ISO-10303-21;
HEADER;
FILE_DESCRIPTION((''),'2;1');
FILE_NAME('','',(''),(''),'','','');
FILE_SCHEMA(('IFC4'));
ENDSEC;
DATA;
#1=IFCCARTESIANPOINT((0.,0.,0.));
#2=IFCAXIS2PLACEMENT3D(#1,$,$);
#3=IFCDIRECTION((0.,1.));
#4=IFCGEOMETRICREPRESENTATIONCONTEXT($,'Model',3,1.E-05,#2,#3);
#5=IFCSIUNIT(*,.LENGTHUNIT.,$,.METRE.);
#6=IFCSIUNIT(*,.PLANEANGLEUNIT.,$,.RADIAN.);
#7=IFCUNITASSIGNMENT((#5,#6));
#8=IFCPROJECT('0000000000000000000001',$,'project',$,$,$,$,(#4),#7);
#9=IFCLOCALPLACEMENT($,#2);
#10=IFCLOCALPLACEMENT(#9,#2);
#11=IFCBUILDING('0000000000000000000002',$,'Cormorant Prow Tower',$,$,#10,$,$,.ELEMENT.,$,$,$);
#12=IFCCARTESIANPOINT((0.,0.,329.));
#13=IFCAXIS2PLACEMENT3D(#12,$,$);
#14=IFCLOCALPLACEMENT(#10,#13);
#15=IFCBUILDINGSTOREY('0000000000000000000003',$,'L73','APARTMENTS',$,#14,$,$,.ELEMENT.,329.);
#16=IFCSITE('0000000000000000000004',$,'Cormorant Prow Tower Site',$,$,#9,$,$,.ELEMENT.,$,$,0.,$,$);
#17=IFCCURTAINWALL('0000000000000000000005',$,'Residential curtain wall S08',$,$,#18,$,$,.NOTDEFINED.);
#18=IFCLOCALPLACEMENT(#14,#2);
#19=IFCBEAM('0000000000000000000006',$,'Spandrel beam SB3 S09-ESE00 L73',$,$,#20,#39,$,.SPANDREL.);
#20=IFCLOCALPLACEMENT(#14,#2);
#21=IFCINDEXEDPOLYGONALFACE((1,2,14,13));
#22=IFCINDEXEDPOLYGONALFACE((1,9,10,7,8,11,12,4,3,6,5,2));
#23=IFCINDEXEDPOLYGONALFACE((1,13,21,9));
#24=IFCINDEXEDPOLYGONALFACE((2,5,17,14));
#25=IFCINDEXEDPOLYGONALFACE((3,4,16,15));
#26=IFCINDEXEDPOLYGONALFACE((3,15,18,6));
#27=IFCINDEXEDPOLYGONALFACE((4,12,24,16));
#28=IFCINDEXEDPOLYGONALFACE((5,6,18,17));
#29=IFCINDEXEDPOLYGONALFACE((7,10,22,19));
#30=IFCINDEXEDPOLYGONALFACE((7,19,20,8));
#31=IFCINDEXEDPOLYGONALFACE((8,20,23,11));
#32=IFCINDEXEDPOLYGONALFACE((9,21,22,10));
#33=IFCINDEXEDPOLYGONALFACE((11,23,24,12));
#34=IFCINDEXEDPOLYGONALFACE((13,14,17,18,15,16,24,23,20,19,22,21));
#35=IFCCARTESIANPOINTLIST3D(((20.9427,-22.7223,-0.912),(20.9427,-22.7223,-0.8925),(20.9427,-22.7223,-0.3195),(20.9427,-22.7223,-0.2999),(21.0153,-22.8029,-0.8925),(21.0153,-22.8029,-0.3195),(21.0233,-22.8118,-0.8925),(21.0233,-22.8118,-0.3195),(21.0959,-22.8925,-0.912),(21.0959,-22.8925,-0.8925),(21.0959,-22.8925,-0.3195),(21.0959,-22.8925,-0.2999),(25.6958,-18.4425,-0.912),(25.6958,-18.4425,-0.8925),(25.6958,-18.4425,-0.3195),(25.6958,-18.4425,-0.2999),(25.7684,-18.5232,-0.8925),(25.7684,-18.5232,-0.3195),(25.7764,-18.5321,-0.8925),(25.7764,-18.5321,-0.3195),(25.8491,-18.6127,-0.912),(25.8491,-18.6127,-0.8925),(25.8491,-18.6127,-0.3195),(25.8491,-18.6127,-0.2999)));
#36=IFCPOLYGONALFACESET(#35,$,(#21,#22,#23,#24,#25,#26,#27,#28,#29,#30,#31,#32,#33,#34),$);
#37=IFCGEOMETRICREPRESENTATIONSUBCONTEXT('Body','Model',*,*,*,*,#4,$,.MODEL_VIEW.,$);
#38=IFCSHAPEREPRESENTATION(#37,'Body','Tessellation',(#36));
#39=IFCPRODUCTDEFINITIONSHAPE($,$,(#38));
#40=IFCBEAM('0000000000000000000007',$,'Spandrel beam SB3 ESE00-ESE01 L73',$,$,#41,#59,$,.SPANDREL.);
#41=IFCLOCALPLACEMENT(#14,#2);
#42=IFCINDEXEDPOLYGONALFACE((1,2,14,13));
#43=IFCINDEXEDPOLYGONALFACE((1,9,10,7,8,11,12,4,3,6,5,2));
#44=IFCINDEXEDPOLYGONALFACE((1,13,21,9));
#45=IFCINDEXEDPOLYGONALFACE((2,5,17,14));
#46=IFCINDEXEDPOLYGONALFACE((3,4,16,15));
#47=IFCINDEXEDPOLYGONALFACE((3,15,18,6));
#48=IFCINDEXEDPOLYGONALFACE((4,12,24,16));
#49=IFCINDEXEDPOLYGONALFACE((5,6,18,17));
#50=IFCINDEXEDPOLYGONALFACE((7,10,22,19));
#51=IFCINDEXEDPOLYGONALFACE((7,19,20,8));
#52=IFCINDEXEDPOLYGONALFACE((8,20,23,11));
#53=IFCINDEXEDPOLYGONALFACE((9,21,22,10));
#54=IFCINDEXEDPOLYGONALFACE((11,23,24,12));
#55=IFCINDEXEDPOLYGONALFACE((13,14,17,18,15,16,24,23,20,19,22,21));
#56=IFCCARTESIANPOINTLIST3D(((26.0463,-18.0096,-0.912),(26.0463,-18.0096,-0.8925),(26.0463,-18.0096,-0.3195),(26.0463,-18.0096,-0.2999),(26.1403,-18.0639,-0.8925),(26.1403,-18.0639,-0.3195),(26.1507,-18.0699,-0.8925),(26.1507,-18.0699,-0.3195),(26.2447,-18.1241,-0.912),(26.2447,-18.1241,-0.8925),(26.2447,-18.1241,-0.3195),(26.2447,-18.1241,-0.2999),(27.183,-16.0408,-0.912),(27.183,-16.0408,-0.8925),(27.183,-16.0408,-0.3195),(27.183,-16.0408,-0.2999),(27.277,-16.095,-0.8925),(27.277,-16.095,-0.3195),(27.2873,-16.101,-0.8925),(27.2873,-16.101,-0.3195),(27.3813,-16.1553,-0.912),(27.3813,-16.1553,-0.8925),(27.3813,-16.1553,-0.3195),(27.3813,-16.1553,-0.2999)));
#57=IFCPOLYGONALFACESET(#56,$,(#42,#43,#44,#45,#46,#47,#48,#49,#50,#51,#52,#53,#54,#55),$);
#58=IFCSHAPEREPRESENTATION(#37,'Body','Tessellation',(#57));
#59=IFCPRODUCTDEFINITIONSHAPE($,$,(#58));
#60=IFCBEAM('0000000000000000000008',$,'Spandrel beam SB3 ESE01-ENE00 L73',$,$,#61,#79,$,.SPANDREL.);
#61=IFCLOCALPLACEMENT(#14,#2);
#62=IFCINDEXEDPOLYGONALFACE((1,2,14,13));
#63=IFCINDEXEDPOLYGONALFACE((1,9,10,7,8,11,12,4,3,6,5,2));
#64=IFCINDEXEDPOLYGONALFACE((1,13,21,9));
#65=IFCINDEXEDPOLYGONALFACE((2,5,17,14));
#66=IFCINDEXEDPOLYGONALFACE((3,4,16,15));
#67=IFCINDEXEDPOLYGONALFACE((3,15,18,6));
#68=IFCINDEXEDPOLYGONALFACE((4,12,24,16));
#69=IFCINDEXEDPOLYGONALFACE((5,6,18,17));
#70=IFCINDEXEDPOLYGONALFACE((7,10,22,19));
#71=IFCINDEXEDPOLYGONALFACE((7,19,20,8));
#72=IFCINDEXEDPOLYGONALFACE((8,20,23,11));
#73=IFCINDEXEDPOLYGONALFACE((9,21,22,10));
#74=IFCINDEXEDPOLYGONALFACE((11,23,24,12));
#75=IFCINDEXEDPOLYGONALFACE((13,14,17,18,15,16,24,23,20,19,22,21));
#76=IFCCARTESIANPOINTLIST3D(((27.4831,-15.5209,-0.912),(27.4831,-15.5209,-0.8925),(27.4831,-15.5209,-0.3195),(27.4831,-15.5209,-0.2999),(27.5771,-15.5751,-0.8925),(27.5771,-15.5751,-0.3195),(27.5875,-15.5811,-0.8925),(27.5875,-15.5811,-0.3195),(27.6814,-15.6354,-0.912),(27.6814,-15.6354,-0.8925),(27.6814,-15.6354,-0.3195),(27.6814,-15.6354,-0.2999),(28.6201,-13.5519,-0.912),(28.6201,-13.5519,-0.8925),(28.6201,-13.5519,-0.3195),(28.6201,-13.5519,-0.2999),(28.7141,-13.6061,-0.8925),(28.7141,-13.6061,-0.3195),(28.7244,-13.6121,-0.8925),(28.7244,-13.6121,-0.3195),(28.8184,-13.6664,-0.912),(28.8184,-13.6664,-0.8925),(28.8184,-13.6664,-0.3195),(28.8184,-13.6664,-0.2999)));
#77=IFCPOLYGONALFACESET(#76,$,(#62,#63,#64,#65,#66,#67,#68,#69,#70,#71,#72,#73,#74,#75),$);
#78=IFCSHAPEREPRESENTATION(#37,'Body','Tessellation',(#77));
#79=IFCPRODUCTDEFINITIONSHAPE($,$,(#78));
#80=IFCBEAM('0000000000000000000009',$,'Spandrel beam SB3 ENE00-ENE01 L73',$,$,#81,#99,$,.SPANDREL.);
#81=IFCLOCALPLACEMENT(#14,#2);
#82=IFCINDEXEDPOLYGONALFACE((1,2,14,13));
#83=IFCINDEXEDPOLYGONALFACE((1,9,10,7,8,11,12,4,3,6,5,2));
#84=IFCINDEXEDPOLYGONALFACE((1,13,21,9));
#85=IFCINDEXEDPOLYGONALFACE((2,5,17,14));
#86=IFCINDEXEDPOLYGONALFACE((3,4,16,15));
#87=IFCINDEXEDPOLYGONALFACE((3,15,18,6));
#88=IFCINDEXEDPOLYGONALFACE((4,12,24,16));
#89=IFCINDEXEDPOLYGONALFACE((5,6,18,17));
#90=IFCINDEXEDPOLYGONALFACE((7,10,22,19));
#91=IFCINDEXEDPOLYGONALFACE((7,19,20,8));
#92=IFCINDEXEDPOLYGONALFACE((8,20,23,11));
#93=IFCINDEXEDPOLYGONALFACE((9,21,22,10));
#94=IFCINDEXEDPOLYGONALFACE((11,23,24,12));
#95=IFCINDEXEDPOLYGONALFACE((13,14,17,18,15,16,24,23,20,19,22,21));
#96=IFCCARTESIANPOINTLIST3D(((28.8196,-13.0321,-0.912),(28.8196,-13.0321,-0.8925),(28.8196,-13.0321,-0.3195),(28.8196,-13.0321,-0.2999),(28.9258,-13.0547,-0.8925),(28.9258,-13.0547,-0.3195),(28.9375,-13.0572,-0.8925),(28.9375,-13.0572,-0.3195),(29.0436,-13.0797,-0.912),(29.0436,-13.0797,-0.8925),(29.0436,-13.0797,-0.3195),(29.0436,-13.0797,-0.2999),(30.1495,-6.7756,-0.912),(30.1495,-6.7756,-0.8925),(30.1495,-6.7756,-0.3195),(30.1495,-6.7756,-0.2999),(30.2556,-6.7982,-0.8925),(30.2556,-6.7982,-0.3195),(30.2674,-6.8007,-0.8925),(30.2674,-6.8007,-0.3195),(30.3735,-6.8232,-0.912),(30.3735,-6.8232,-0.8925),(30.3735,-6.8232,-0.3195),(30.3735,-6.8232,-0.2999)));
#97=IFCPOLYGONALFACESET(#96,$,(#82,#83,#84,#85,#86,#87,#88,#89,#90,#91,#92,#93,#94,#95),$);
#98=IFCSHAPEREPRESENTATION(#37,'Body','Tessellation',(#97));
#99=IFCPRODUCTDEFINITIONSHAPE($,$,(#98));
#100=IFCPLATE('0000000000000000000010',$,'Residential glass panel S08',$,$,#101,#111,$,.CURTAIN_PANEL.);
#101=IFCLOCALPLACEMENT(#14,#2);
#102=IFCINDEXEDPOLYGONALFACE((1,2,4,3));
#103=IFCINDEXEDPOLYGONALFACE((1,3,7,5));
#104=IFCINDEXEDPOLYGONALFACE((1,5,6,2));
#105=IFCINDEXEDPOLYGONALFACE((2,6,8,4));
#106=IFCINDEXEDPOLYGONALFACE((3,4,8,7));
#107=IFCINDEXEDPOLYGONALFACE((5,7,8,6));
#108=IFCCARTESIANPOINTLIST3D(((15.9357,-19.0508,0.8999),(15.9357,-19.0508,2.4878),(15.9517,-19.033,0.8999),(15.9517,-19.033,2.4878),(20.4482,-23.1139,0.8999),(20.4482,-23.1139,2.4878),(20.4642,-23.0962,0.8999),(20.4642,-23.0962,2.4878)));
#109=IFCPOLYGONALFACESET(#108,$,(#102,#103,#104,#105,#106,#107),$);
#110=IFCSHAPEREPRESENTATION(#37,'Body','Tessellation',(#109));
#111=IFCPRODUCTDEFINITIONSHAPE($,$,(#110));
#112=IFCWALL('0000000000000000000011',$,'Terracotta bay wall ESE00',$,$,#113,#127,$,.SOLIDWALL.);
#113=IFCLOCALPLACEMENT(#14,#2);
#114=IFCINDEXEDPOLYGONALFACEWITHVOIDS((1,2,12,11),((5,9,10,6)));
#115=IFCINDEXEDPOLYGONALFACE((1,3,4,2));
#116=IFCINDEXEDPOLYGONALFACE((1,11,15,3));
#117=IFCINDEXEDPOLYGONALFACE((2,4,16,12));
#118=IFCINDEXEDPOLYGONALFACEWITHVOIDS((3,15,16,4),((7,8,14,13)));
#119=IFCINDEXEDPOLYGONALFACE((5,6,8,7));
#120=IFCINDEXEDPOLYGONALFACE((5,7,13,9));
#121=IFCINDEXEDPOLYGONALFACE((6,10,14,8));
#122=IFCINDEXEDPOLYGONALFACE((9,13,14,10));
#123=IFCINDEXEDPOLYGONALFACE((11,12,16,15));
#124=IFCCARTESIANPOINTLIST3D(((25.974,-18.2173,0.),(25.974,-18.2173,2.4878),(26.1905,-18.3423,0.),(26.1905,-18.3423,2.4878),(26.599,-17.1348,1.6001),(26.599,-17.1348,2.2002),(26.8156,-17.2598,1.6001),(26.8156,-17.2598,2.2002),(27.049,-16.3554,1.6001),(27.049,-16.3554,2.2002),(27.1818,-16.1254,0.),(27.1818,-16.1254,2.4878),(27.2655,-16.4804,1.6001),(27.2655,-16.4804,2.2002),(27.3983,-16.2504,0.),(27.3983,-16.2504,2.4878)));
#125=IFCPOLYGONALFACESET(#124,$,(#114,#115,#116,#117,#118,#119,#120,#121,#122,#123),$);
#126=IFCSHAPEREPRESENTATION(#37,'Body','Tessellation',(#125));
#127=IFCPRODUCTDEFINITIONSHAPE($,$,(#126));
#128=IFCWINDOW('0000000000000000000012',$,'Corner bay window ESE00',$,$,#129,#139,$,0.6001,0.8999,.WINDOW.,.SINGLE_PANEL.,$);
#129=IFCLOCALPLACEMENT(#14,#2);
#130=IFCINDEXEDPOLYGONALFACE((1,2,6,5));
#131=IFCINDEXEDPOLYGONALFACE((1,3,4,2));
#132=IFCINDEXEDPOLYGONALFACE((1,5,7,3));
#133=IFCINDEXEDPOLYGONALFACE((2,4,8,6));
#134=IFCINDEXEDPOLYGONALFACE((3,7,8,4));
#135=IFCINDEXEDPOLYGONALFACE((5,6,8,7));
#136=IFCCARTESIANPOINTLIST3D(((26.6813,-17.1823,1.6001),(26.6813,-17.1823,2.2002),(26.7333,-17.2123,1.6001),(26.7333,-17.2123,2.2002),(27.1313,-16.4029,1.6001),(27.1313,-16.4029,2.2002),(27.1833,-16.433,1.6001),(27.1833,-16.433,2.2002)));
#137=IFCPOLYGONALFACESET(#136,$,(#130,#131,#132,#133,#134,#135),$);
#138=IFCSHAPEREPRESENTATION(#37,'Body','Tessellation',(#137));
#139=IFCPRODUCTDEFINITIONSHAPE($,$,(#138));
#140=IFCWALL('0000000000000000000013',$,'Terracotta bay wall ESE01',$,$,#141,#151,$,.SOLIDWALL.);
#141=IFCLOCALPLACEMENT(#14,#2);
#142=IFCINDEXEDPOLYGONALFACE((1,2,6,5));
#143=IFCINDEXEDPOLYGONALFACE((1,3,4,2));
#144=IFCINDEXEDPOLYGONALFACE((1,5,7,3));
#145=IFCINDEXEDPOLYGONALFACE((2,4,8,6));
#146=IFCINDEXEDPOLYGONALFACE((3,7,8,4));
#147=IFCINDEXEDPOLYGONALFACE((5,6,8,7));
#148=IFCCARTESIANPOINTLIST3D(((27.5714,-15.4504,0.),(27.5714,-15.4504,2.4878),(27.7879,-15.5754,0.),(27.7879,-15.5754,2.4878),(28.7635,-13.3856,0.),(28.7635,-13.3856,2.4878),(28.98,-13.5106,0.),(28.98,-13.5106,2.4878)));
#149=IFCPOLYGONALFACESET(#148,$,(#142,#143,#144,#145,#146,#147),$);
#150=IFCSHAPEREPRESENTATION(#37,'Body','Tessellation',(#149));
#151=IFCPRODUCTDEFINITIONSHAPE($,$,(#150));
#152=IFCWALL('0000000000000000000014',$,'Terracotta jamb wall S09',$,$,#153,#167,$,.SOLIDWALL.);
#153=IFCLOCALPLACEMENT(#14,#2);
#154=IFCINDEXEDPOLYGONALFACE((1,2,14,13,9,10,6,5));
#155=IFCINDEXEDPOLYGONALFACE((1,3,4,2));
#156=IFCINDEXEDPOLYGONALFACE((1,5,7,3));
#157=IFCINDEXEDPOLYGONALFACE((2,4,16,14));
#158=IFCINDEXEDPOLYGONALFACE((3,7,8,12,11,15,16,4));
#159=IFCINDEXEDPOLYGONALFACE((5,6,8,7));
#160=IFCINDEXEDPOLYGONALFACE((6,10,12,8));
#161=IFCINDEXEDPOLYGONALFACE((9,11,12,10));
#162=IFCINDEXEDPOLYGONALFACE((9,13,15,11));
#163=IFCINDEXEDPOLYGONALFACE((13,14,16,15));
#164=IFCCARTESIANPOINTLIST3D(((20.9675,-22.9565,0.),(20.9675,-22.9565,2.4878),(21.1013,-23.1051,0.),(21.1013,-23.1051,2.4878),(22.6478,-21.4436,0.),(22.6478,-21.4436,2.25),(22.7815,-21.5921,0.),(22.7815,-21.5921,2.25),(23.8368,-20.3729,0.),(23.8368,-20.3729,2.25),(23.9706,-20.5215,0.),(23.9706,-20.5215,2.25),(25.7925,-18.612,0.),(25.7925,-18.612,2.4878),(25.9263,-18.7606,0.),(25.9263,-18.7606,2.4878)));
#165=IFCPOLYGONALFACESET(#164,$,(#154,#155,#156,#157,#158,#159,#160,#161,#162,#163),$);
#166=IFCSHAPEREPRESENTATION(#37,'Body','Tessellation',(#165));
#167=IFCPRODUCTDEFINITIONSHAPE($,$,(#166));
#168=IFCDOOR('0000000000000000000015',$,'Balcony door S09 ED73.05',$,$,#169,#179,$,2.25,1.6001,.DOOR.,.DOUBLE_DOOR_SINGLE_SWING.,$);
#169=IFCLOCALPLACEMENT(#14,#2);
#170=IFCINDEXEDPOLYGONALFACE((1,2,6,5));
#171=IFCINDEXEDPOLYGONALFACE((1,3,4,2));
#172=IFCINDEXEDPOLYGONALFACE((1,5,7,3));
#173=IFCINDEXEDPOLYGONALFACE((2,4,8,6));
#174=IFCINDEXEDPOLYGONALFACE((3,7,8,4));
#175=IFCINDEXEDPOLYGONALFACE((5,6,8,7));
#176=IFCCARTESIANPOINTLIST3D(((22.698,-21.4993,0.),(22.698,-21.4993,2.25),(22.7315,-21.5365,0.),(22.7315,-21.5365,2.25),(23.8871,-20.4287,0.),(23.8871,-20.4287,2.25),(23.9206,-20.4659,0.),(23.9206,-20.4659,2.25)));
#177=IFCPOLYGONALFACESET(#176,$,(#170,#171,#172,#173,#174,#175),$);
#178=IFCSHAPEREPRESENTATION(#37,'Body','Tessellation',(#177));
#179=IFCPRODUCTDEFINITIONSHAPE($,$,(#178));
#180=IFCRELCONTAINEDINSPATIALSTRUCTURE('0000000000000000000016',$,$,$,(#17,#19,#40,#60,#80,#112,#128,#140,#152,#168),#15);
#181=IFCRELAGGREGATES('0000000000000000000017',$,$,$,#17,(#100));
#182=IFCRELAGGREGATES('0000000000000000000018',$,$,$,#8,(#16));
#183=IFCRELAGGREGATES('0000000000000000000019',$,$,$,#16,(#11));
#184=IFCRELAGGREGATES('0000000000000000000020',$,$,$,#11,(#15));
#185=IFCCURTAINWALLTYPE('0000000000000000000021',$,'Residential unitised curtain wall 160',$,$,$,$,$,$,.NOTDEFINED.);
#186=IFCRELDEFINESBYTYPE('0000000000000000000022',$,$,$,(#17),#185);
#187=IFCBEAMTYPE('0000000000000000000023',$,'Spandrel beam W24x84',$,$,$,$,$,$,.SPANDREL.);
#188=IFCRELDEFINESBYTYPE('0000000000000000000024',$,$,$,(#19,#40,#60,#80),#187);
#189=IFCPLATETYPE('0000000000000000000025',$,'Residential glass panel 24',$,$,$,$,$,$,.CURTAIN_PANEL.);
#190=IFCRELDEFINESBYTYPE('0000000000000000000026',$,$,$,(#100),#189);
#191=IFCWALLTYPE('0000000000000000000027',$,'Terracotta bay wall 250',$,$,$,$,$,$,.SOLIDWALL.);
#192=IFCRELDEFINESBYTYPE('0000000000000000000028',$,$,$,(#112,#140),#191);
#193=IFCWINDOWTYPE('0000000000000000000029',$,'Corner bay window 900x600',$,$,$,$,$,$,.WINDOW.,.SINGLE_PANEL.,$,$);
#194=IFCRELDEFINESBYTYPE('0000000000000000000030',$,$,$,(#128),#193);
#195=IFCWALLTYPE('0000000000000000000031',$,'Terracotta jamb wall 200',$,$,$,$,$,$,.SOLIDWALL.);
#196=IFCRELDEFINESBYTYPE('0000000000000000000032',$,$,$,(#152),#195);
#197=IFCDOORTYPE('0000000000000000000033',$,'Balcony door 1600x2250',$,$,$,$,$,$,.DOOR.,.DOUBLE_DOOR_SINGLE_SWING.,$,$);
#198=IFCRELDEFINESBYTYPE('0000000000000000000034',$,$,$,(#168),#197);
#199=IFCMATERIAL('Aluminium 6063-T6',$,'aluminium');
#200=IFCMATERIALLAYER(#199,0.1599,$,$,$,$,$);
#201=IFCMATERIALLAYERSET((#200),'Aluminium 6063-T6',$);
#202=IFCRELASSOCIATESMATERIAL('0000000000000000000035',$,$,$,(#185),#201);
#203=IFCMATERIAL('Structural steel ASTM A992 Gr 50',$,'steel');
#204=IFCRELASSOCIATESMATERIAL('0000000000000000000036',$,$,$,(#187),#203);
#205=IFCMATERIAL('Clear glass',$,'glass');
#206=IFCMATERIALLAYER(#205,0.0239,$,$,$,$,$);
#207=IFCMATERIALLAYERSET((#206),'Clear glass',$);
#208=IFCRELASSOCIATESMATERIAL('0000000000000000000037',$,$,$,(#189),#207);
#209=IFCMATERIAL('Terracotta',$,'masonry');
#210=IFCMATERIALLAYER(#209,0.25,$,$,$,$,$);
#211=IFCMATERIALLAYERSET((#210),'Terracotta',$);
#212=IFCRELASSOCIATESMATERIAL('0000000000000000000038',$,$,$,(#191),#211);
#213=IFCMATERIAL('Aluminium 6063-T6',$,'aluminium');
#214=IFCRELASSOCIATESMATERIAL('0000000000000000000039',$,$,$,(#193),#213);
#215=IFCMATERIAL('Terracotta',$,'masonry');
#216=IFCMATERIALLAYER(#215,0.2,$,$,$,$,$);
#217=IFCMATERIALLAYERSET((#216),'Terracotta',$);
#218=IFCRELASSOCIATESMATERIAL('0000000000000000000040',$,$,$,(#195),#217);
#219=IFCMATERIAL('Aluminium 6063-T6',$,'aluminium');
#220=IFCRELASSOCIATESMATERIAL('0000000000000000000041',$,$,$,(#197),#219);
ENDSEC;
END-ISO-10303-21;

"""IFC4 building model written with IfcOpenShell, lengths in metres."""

from ifc_helpers import new_model, si_unit, direction, frame, frame_2d, origin, origin_2d, place, context, subcontext, project, spatial, rectangle, i_section, extrude, material, layer, layer_set, material_profile, profile_set, type_object, element, fill, aggregate, save


model = new_model("IFC4")

# Units and contexts
model_context = context("Model", 3, precision=1e-05, world=origin(), true_north=direction((0.0, 1.0)))
body_context = subcontext(model_context, "Body", "Model", "MODEL_VIEW")
ifc_project = project(units=[si_unit("LENGTHUNIT", "METRE"), si_unit("PLANEANGLEUNIT", "RADIAN")], contexts=[model_context])

# Site, building, storey
site_placement = place(None, origin())
site = spatial("IfcSite", under=ifc_project, at=site_placement, Name="Cormorant Prow Tower Site", CompositionType="ELEMENT", RefElevation=0.0)
building_placement = place(site_placement, origin())
building = spatial("IfcBuilding", under=site, at=building_placement, Name="Cormorant Prow Tower", CompositionType="ELEMENT")
storey_placement = place(building_placement, frame((0.0, 0.0, 329.0)))
storey = spatial("IfcBuildingStorey", under=building, at=storey_placement, Name="L73", Description="APARTMENTS", CompositionType="ELEMENT", Elevation=329.0)

# Curtain wall
ifc_material_1 = material(Name="Aluminium 6063-T6", Category="aluminium")
ifc_layer_1 = layer(ifc_material_1, 0.1599)
ifc_layer_set_1 = layer_set([ifc_layer_1], Name="Aluminium 6063-T6")
curtain_wall_type = type_object("IfcCurtainWallType", Name="Residential unitised curtain wall 160", PredefinedType="NOTDEFINED", material=ifc_layer_set_1)
curtain_wall_1_placement = place(storey_placement, origin())
curtain_wall_1 = element("IfcCurtainWall", 1, at=curtain_wall_1_placement, inside=storey, type_object=curtain_wall_type, Name="Residential curtain wall S08", PredefinedType="NOTDEFINED")

# Beams
ifc_material_2 = material(Name="Structural steel ASTM A992 Gr 50", Category="steel")
ifc_material_profile_1 = material_profile(ifc_material_2, i_section(OverallWidth=0.229, OverallDepth=0.6121, WebThickness=0.012, FlangeThickness=0.0195, at=origin_2d()), Name="W24x84")
ifc_profile_set_1 = profile_set([ifc_material_profile_1], Name="Structural steel ASTM A992 Gr 50")
beam_type = type_object("IfcBeamType", Name="Spandrel beam W24x84", PredefinedType="SPANDREL", material=ifc_profile_set_1)
beam_1_placement = place(storey_placement, frame((21.0193, -22.8074, -0.606), z_axis=(0.743144, 0.669131, 0.0), x_axis=(-0.669131, 0.743144, 0.0)))
element("IfcBeam", 2, at=beam_1_placement, inside=storey, type_object=beam_type, Name="Spandrel beam SB3 S09-ESE00 L73", PredefinedType="SPANDREL", context=body_context, shape_type="SweptSolid", body=[
    extrude(i_section(OverallWidth=0.229, OverallDepth=0.6121, WebThickness=0.012, FlangeThickness=0.0195, at=origin_2d()), origin(), (0.0, 0.0, 1.0), 6.396),
])
beam_2_placement = place(storey_placement, frame((26.1455, -18.0669, -0.606), z_axis=(0.499973, 0.866041, 0.0), x_axis=(-0.866041, 0.499973, 0.0)))
element("IfcBeam", 3, at=beam_2_placement, inside=storey, type_object=beam_type, Name="Spandrel beam SB3 ESE00-ESE01 L73", PredefinedType="SPANDREL", context=body_context, shape_type="SweptSolid", body=[
    extrude(i_section(OverallWidth=0.229, OverallDepth=0.6121, WebThickness=0.012, FlangeThickness=0.0195, at=origin_2d()), origin(), (0.0, 0.0, 1.0), 2.2734),
])
beam_3_placement = place(storey_placement, frame((27.5823, -15.5781, -0.606), z_axis=(0.500054, 0.865994, 0.0), x_axis=(-0.865994, 0.500054, 0.0)))
element("IfcBeam", 4, at=beam_3_placement, inside=storey, type_object=beam_type, Name="Spandrel beam SB3 ESE01-ENE00 L73", PredefinedType="SPANDREL", context=body_context, shape_type="SweptSolid", body=[
    extrude(i_section(OverallWidth=0.229, OverallDepth=0.6121, WebThickness=0.012, FlangeThickness=0.0195, at=origin_2d()), origin(), (0.0, 0.0, 1.0), 2.2737),
])
beam_4_placement = place(storey_placement, frame((28.9316, -13.0559, -0.606), z_axis=(0.207913, 0.978147, 0.0), x_axis=(-0.978147, 0.207913, 0.0)))
element("IfcBeam", 5, at=beam_4_placement, inside=storey, type_object=beam_type, Name="Spandrel beam SB3 ENE00-ENE01 L73", PredefinedType="SPANDREL", context=body_context, shape_type="SweptSolid", body=[
    extrude(i_section(OverallWidth=0.229, OverallDepth=0.6121, WebThickness=0.012, FlangeThickness=0.0195, at=origin_2d()), origin(), (0.0, 0.0, 1.0), 6.3962),
])

# Plate
ifc_material_3 = material(Name="Clear glass", Category="glass")
ifc_layer_2 = layer(ifc_material_3, 0.0239)
ifc_layer_set_2 = layer_set([ifc_layer_2], Name="Clear glass")
plate_type = type_object("IfcPlateType", Name="Residential glass panel 24", PredefinedType="CURTAIN_PANEL", material=ifc_layer_set_2)
plate_placement = place(storey_placement, frame((18.2, -21.0735, 0.8999), z_axis=(0.0, 0.0, 1.0), x_axis=(0.743145, -0.669131, 0.0)))
plate = element("IfcPlate", 6, at=plate_placement, type_object=plate_type, Name="Residential glass panel S08", PredefinedType="CURTAIN_PANEL", context=body_context, shape_type="SweptSolid", body=[
    extrude(rectangle(XDim=6.0723, YDim=0.0239, at=origin_2d()), origin(), (0.0, 0.0, 1.0), 1.5879),
])
aggregate(curtain_wall_1, [plate])

# Wall, opening, window
ifc_material_4 = material(Name="Terracotta", Category="masonry")
ifc_layer_3 = layer(ifc_material_4, 0.25)
ifc_layer_set_3 = layer_set([ifc_layer_3], Name="Terracotta")
wall_type_1 = type_object("IfcWallType", Name="Terracotta bay wall 250", PredefinedType="SOLIDWALL", material=ifc_layer_set_3)
wall_1_placement = place(storey_placement, frame((26.0823, -18.2798, 0.0), z_axis=(0.0, 0.0, 1.0), x_axis=(0.50002, 0.866014, 0.0)))
wall_1 = element("IfcWall", 7, at=wall_1_placement, inside=storey, type_object=wall_type_1, Name="Terracotta bay wall ESE00", PredefinedType="SOLIDWALL", context=body_context, shape_type="SweptSolid", body=[
    extrude(rectangle(XDim=2.4155, YDim=0.25, at=frame_2d((1.2078, 0.0))), origin(), (0.0, 0.0, 1.0), 2.4878),
])
opening_1_placement = place(wall_1_placement, frame((1.25, 0.0, 1.6001)))
opening_1 = element("IfcOpeningElement", 8, at=opening_1_placement, cuts=wall_1, PredefinedType="OPENING", context=body_context, shape_type="SweptSolid", body=[
    extrude(rectangle(XDim=0.8999, YDim=0.6001, at=frame_2d((0.45, 0.3))), frame((0.0, 0.135, 0.0), z_axis=(0.0, -1.0, 0.0), x_axis=(1.0, 0.0, 0.0)), (0.0, 0.0, 1.0), 0.27),
])
ifc_material_5 = material(Name="Aluminium 6063-T6", Category="aluminium")
window_type = type_object("IfcWindowType", Name="Corner bay window 900x600", PartitioningType="SINGLE_PANEL", PredefinedType="WINDOW", material=ifc_material_5)
window_placement = place(opening_1_placement, origin())
window = element("IfcWindow", 9, at=window_placement, inside=storey, type_object=window_type, Name="Corner bay window ESE00", OverallHeight=0.6001, OverallWidth=0.8999, PartitioningType="SINGLE_PANEL", PredefinedType="WINDOW", context=body_context, shape_type="SweptSolid", body=[
    extrude(rectangle(XDim=0.8999, YDim=0.6001, at=frame_2d((0.45, 0.3))), frame((0.0, 0.03, 0.0), z_axis=(0.0, -1.0, 0.0), x_axis=(1.0, 0.0, 0.0)), (0.0, 0.0, 1.0), 0.0601),
])
fill(opening_1, window)

# Wall
wall_2_placement = place(storey_placement, frame((27.6797, -15.5129, 0.0), z_axis=(0.0, 0.0, 1.0), x_axis=(0.499982, 0.866036, 0.0)))
element("IfcWall", 10, at=wall_2_placement, inside=storey, type_object=wall_type_1, Name="Terracotta bay wall ESE01", PredefinedType="SOLIDWALL", context=body_context, shape_type="SweptSolid", body=[
    extrude(rectangle(XDim=2.3843, YDim=0.25, at=frame_2d((1.1921, 0.0))), origin(), (0.0, 0.0, 1.0), 2.4878),
])

# Wall, opening, door
ifc_material_6 = material(Name="Terracotta", Category="masonry")
ifc_layer_4 = layer(ifc_material_6, 0.2)
ifc_layer_set_4 = layer_set([ifc_layer_4], Name="Terracotta")
wall_type_2 = type_object("IfcWallType", Name="Terracotta jamb wall 200", PredefinedType="SOLIDWALL", material=ifc_layer_set_4)
wall_3_placement = place(storey_placement, frame((21.0344, -23.0308, 0.0), z_axis=(0.0, 0.0, 1.0), x_axis=(0.743139, 0.669137, 0.0)))
wall_3 = element("IfcWall", 11, at=wall_3_placement, inside=storey, type_object=wall_type_2, Name="Terracotta jamb wall S09", PredefinedType="SOLIDWALL", context=body_context, shape_type="SweptSolid", body=[
    extrude(rectangle(XDim=6.4927, YDim=0.2, at=frame_2d((3.2463, 0.0))), origin(), (0.0, 0.0, 1.0), 2.4878),
])
opening_2_placement = place(wall_3_placement, frame((2.261, 0.0, 0.0)))
opening_2 = element("IfcOpeningElement", 12, at=opening_2_placement, cuts=wall_3, PredefinedType="OPENING", context=body_context, shape_type="SweptSolid", body=[
    extrude(rectangle(XDim=1.6001, YDim=2.25, at=frame_2d((0.8, 1.125))), frame((0.0, 0.1099, 0.0), z_axis=(0.0, -1.0, 0.0), x_axis=(1.0, 0.0, 0.0)), (0.0, 0.0, 1.0), 0.22),
])
ifc_material_7 = material(Name="Aluminium 6063-T6", Category="aluminium")
door_type = type_object("IfcDoorType", Name="Balcony door 1600x2250", OperationType="DOUBLE_DOOR_SINGLE_SWING", PredefinedType="DOOR", material=ifc_material_7)
door_placement = place(opening_2_placement, origin())
door = element("IfcDoor", 13, at=door_placement, inside=storey, type_object=door_type, Name="Balcony door S09 ED73.05", OperationType="DOUBLE_DOOR_SINGLE_SWING", OverallHeight=2.25, OverallWidth=1.6001, PredefinedType="DOOR", context=body_context, shape_type="SweptSolid", body=[
    extrude(rectangle(XDim=1.6001, YDim=2.25, at=frame_2d((0.8, 1.125))), frame((0.0, 0.0249, 0.0), z_axis=(0.0, -1.0, 0.0), x_axis=(1.0, 0.0, 0.0)), (0.0, 0.0, 1.0), 0.05),
])
fill(opening_2, door)

save(model, "model.ifc")
